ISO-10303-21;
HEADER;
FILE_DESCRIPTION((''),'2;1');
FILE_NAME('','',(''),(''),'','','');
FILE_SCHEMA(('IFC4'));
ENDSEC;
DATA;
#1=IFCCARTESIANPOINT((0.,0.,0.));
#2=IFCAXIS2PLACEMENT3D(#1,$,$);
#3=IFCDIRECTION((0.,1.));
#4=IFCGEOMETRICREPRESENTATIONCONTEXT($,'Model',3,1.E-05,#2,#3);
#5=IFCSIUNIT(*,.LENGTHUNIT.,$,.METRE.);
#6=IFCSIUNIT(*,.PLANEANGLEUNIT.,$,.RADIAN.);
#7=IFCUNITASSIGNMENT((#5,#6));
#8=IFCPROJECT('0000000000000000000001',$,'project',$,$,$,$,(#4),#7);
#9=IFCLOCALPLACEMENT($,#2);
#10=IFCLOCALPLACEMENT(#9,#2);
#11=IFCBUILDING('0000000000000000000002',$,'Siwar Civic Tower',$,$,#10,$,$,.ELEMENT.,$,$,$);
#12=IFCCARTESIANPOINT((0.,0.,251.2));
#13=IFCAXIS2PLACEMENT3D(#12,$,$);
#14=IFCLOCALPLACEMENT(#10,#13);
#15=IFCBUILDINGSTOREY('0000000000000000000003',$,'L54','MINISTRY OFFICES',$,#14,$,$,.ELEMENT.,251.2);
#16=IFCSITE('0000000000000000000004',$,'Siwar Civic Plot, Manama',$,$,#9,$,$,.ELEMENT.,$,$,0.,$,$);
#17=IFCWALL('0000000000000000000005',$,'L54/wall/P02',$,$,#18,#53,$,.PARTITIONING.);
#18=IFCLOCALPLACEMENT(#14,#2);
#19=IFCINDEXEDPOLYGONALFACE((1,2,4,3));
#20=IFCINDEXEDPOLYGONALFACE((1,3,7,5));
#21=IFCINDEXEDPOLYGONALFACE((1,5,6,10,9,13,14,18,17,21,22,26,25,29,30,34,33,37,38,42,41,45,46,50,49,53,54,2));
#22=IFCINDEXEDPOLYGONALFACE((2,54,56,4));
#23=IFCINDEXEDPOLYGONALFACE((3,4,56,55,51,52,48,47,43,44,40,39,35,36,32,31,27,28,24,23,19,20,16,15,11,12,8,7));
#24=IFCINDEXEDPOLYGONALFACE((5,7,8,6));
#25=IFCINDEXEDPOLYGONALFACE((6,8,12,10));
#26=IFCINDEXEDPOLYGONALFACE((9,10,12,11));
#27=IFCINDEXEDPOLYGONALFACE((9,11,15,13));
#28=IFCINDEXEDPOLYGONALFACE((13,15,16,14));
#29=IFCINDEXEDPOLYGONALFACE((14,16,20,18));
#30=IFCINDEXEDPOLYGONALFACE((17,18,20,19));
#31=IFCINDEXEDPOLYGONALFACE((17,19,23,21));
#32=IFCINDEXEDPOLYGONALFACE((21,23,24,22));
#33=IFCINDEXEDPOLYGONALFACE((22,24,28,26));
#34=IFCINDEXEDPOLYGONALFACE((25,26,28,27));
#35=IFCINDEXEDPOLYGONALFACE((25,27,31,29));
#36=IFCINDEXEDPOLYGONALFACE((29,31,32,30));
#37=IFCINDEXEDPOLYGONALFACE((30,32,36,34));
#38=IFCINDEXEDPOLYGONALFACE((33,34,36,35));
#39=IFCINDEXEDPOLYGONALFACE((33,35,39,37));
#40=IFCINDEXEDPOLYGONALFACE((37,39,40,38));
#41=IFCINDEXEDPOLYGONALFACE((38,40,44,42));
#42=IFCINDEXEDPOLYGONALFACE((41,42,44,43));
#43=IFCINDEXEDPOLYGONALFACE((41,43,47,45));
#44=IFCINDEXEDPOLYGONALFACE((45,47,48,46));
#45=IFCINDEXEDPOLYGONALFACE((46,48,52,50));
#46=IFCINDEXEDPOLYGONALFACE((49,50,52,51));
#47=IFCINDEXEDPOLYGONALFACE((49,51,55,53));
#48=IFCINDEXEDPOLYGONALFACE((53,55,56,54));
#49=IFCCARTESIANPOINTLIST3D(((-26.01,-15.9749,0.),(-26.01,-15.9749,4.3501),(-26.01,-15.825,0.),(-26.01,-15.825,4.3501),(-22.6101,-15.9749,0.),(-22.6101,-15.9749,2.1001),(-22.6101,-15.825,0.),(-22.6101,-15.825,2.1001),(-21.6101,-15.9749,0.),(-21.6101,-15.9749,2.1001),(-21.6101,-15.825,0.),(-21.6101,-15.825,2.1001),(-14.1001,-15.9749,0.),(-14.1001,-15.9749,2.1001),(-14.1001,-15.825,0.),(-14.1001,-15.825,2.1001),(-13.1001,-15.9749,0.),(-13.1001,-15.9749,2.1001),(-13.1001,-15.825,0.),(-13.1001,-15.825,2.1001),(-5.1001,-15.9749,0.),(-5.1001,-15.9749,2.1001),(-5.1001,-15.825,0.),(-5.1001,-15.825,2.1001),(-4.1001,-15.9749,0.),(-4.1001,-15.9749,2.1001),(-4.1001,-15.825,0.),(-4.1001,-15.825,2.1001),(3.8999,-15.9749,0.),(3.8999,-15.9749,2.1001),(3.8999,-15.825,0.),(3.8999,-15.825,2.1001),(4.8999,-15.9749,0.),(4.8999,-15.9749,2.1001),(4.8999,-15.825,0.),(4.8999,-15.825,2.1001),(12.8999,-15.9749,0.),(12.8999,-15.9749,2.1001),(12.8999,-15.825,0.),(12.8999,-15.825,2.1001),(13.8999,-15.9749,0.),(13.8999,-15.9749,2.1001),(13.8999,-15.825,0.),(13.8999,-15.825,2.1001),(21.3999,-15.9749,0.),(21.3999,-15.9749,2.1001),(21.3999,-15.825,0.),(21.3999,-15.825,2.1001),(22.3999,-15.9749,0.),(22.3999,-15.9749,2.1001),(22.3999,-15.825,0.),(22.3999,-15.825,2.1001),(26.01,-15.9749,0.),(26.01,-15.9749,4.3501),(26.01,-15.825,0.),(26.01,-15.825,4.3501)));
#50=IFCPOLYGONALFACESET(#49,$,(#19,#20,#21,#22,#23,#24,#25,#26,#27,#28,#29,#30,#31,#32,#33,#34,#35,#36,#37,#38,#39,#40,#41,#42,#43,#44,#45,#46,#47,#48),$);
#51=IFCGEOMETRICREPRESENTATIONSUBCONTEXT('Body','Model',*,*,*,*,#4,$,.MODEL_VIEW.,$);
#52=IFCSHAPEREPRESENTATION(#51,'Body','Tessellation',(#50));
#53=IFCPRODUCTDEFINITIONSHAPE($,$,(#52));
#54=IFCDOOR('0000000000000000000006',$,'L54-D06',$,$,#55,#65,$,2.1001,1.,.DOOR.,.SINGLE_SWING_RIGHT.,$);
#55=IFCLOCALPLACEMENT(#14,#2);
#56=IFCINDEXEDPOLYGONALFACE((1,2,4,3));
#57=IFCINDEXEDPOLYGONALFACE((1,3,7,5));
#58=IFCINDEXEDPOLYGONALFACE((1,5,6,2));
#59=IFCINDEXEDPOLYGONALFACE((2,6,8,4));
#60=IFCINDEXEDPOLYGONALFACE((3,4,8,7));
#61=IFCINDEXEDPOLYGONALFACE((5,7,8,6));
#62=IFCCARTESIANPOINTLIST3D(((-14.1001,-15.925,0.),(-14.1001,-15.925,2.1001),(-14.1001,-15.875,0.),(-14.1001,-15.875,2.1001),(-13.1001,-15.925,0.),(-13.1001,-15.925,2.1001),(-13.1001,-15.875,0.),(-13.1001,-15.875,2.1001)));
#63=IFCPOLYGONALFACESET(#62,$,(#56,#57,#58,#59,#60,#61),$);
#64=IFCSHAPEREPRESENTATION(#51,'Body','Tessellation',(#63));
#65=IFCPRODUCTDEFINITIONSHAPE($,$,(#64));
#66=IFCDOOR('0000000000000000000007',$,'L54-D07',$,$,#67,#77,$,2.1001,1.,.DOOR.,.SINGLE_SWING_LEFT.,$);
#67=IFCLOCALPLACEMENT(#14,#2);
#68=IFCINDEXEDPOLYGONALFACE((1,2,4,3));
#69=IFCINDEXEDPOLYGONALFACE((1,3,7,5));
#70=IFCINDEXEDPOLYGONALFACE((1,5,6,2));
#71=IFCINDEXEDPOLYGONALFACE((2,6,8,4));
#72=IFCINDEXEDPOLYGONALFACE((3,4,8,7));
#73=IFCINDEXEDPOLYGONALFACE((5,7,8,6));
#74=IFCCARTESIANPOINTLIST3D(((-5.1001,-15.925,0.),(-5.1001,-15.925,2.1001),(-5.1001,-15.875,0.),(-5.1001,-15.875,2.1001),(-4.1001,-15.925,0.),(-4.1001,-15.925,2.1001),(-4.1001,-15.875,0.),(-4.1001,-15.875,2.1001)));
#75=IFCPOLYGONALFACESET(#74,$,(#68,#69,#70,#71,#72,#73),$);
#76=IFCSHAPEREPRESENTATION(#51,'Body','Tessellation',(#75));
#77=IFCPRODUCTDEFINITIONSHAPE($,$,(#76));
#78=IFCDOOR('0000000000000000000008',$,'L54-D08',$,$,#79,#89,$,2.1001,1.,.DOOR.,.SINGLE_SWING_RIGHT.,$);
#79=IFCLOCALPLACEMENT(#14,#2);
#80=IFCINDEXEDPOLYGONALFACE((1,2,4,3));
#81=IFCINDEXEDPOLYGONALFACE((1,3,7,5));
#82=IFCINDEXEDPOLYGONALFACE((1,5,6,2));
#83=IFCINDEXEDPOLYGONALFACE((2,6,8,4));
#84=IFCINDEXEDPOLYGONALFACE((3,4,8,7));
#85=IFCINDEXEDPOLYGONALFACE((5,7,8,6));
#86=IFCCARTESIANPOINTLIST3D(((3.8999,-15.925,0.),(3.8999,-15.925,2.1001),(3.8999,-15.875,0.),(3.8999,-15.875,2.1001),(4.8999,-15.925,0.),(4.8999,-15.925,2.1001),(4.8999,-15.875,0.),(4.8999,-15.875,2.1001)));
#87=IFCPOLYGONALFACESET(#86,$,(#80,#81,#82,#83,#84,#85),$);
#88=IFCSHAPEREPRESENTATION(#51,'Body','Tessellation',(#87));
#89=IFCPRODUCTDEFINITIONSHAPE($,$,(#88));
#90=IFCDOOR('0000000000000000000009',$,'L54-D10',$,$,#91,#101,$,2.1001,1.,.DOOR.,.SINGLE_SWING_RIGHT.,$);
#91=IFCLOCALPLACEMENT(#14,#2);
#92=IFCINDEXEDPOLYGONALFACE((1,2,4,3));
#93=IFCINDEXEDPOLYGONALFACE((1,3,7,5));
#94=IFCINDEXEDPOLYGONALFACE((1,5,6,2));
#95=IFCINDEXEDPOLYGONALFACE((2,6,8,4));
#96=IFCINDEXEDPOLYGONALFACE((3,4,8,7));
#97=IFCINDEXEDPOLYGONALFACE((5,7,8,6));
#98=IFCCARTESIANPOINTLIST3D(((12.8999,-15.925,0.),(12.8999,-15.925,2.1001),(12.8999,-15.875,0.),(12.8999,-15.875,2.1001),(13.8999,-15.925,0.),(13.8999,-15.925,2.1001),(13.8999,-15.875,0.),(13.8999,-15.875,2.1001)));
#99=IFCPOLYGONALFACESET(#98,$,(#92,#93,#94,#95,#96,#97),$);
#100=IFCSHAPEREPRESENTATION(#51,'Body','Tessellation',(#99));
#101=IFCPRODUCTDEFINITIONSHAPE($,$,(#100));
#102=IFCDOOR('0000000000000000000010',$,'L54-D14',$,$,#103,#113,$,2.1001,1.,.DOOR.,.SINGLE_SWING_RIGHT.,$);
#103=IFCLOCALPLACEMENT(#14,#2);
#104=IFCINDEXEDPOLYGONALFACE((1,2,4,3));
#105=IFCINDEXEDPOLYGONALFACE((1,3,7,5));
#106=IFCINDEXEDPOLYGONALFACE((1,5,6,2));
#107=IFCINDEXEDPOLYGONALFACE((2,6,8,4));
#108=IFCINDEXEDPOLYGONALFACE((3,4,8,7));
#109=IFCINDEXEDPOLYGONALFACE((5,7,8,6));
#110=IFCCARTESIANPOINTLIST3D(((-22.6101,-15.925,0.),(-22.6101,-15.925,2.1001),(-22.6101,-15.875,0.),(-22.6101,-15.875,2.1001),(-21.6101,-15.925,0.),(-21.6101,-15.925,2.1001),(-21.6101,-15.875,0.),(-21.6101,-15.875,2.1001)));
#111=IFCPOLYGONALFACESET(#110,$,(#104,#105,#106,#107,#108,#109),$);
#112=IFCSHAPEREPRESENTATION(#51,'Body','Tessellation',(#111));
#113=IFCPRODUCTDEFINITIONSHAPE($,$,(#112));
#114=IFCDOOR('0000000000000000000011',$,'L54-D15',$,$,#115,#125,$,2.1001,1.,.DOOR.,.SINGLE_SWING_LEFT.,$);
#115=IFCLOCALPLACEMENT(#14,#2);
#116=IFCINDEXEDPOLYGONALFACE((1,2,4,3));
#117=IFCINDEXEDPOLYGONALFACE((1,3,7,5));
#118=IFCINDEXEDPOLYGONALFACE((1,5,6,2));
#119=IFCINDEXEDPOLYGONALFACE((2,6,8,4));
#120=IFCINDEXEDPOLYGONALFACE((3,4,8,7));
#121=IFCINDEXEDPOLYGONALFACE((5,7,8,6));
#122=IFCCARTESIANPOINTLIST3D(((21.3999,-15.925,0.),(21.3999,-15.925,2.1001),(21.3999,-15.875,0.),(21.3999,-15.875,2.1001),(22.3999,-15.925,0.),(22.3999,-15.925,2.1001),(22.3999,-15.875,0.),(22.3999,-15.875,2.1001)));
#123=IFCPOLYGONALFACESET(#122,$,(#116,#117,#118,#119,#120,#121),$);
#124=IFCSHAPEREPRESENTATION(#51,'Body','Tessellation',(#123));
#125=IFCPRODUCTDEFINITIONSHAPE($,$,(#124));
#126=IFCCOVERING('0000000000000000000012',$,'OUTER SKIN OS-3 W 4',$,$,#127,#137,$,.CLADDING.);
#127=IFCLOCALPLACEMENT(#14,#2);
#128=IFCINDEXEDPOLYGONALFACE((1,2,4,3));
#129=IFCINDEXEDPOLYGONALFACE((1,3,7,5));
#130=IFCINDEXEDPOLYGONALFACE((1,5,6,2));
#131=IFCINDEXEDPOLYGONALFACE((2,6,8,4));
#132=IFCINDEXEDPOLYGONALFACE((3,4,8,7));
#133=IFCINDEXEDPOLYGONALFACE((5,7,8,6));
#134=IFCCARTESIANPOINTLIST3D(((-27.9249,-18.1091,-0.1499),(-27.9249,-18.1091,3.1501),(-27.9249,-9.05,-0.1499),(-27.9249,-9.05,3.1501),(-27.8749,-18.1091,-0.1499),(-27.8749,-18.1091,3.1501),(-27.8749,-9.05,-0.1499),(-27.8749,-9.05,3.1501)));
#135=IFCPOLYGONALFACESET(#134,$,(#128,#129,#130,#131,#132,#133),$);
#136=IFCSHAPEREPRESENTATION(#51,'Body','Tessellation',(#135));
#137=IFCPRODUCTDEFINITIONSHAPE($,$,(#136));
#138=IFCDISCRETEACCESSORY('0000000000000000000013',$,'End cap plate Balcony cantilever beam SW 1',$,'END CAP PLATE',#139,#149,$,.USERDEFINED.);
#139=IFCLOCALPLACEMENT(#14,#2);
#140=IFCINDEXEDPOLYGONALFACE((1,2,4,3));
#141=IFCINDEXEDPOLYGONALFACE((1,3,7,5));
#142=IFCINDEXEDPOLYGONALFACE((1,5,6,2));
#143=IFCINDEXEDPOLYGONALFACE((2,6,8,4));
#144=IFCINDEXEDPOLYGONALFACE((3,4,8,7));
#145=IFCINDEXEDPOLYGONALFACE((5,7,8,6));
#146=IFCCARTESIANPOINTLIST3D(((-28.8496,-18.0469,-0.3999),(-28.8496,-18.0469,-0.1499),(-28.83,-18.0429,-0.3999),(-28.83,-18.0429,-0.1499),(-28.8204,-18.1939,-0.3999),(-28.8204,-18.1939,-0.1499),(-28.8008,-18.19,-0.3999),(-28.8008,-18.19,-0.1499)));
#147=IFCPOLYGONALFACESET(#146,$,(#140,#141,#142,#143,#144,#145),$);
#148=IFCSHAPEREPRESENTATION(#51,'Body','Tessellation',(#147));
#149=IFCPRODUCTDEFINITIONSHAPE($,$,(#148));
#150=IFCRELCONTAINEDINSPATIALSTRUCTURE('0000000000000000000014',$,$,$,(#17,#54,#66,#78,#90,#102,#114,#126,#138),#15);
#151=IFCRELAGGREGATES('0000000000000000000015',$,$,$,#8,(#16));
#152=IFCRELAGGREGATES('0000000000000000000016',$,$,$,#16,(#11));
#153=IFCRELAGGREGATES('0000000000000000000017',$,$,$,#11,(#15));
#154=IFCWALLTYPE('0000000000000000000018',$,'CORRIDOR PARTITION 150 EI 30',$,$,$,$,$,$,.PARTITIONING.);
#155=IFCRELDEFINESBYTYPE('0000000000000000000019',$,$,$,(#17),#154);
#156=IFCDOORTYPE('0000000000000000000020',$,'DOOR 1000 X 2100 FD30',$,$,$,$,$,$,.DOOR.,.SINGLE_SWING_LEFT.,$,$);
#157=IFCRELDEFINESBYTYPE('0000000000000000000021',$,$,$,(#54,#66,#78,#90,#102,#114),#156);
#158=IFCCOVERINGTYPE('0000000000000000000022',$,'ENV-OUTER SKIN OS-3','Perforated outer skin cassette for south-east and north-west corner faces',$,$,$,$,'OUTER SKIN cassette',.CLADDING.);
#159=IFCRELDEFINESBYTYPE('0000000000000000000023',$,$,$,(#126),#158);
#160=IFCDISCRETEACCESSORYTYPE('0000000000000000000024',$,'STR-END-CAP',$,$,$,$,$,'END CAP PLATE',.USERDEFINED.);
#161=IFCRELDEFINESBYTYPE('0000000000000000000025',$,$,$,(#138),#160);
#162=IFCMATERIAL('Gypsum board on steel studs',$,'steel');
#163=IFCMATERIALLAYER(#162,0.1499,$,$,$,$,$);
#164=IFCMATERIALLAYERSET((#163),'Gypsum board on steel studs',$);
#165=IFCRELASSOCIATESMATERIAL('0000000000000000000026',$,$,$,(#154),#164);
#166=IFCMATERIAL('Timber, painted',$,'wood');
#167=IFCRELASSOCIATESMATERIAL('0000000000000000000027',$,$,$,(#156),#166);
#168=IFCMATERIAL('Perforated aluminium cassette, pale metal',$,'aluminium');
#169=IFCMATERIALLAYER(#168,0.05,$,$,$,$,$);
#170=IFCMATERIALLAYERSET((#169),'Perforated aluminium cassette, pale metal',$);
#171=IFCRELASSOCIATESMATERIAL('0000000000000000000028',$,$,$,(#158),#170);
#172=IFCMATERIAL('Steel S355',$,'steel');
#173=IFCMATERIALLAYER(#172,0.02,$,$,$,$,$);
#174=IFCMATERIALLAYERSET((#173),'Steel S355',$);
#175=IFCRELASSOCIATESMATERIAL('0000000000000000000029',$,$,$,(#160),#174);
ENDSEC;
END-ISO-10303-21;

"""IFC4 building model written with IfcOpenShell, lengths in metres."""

from ifc_helpers import new_model, si_unit, direction, frame, frame_2d, origin, origin_2d, place, context, subcontext, project, spatial, rectangle, extrude, material, layer, layer_set, type_object, element, fill, save


model = new_model("IFC4")

# Units and contexts
model_context = context("Model", 3, precision=1e-05, world=origin(), true_north=direction((0.0, 1.0)))
body_context = subcontext(model_context, "Body", "Model", "MODEL_VIEW")
ifc_project = project(units=[si_unit("LENGTHUNIT", "METRE"), si_unit("PLANEANGLEUNIT", "RADIAN")], contexts=[model_context])

# Site, building, storey
site_placement = place(None, origin())
site = spatial("IfcSite", under=ifc_project, at=site_placement, Name="Siwar Civic Plot, Manama", CompositionType="ELEMENT", RefElevation=0.0)
building_placement = place(site_placement, origin())
building = spatial("IfcBuilding", under=site, at=building_placement, Name="Siwar Civic Tower", CompositionType="ELEMENT")
storey_placement = place(building_placement, frame((0.0, 0.0, 251.2)))
storey = spatial("IfcBuildingStorey", under=building, at=storey_placement, Name="L54", Description="MINISTRY OFFICES", CompositionType="ELEMENT", Elevation=251.2)

# Wall, openings, doors
ifc_material_1 = material(Name="Gypsum board on steel studs", Category="steel")
ifc_layer_1 = layer(ifc_material_1, 0.1499)
ifc_layer_set_1 = layer_set([ifc_layer_1], Name="Gypsum board on steel studs")
wall_type = type_object("IfcWallType", Name="CORRIDOR PARTITION 150 EI 30", PredefinedType="PARTITIONING", material=ifc_layer_set_1)
wall_placement = place(storey_placement, frame((-26.01, -15.8999, 0.0), z_axis=(0.0, 0.0, 1.0), x_axis=(1.0, 0.0, 0.0)))
wall = element("IfcWall", 1, at=wall_placement, inside=storey, type_object=wall_type, Name="L54/wall/P02", PredefinedType="PARTITIONING", context=body_context, shape_type="SweptSolid", body=[
    extrude(rectangle(XDim=52.02, YDim=0.1499, at=frame_2d((26.01, 0.0))), origin(), (0.0, 0.0, 1.0), 4.3501),
])
opening_1_placement = place(wall_placement, frame((11.9099, 0.0, 0.0)))
opening_1 = element("IfcOpeningElement", 2, at=opening_1_placement, cuts=wall, PredefinedType="OPENING", context=body_context, shape_type="SweptSolid", body=[
    extrude(rectangle(XDim=1.0, YDim=2.1001, at=frame_2d((0.5, 1.05))), frame((0.0, 0.085, 0.0), z_axis=(0.0, -1.0, 0.0), x_axis=(1.0, 0.0, 0.0)), (0.0, 0.0, 1.0), 0.1699),
])
opening_2_placement = place(wall_placement, frame((20.9099, 0.0, 0.0)))
opening_2 = element("IfcOpeningElement", 3, at=opening_2_placement, cuts=wall, PredefinedType="OPENING", context=body_context, shape_type="SweptSolid", body=[
    extrude(rectangle(XDim=1.0, YDim=2.1001, at=frame_2d((0.5, 1.05))), frame((0.0, 0.085, 0.0), z_axis=(0.0, -1.0, 0.0), x_axis=(1.0, 0.0, 0.0)), (0.0, 0.0, 1.0), 0.1699),
])
opening_3_placement = place(wall_placement, frame((29.9099, 0.0, 0.0)))
opening_3 = element("IfcOpeningElement", 4, at=opening_3_placement, cuts=wall, PredefinedType="OPENING", context=body_context, shape_type="SweptSolid", body=[
    extrude(rectangle(XDim=1.0, YDim=2.1001, at=frame_2d((0.5, 1.05))), frame((0.0, 0.085, 0.0), z_axis=(0.0, -1.0, 0.0), x_axis=(1.0, 0.0, 0.0)), (0.0, 0.0, 1.0), 0.1699),
])
opening_4_placement = place(wall_placement, frame((38.9099, 0.0, 0.0)))
opening_4 = element("IfcOpeningElement", 5, at=opening_4_placement, cuts=wall, PredefinedType="OPENING", context=body_context, shape_type="SweptSolid", body=[
    extrude(rectangle(XDim=1.0, YDim=2.1001, at=frame_2d((0.5, 1.05))), frame((0.0, 0.085, 0.0), z_axis=(0.0, -1.0, 0.0), x_axis=(1.0, 0.0, 0.0)), (0.0, 0.0, 1.0), 0.1699),
])
opening_5_placement = place(wall_placement, frame((3.3999, 0.0, 0.0)))
opening_5 = element("IfcOpeningElement", 6, at=opening_5_placement, cuts=wall, PredefinedType="OPENING", context=body_context, shape_type="SweptSolid", body=[
    extrude(rectangle(XDim=1.0, YDim=2.1001, at=frame_2d((0.5, 1.05))), frame((0.0, 0.085, 0.0), z_axis=(0.0, -1.0, 0.0), x_axis=(1.0, 0.0, 0.0)), (0.0, 0.0, 1.0), 0.1699),
])
opening_6_placement = place(wall_placement, frame((47.4099, 0.0, 0.0)))
opening_6 = element("IfcOpeningElement", 7, at=opening_6_placement, cuts=wall, PredefinedType="OPENING", context=body_context, shape_type="SweptSolid", body=[
    extrude(rectangle(XDim=1.0, YDim=2.1001, at=frame_2d((0.5, 1.05))), frame((0.0, 0.085, 0.0), z_axis=(0.0, -1.0, 0.0), x_axis=(1.0, 0.0, 0.0)), (0.0, 0.0, 1.0), 0.1699),
])
ifc_material_2 = material(Name="Timber, painted", Category="wood")
door_type = type_object("IfcDoorType", Name="DOOR 1000 X 2100 FD30", OperationType="SINGLE_SWING_LEFT", PredefinedType="DOOR", material=ifc_material_2)
door_1_placement = place(opening_1_placement, origin())
door_1 = element("IfcDoor", 8, at=door_1_placement, inside=storey, type_object=door_type, Name="L54-D06", OperationType="SINGLE_SWING_RIGHT", OverallHeight=2.1001, OverallWidth=1.0, PredefinedType="DOOR", context=body_context, shape_type="SweptSolid", body=[
    extrude(rectangle(XDim=1.0, YDim=2.1001, at=frame_2d((0.5, 1.05))), frame((0.0, 0.0249, 0.0), z_axis=(0.0, -1.0, 0.0), x_axis=(1.0, 0.0, 0.0)), (0.0, 0.0, 1.0), 0.05),
])
fill(opening_1, door_1)
door_2_placement = place(opening_2_placement, origin())
door_2 = element("IfcDoor", 9, at=door_2_placement, inside=storey, type_object=door_type, Name="L54-D07", OperationType="SINGLE_SWING_LEFT", OverallHeight=2.1001, OverallWidth=1.0, PredefinedType="DOOR", context=body_context, shape_type="SweptSolid", body=[
    extrude(rectangle(XDim=1.0, YDim=2.1001, at=frame_2d((0.5, 1.05))), frame((0.0, 0.0249, 0.0), z_axis=(0.0, -1.0, 0.0), x_axis=(1.0, 0.0, 0.0)), (0.0, 0.0, 1.0), 0.05),
])
fill(opening_2, door_2)
door_3_placement = place(opening_3_placement, origin())
door_3 = element("IfcDoor", 10, at=door_3_placement, inside=storey, type_object=door_type, Name="L54-D08", OperationType="SINGLE_SWING_RIGHT", OverallHeight=2.1001, OverallWidth=1.0, PredefinedType="DOOR", context=body_context, shape_type="SweptSolid", body=[
    extrude(rectangle(XDim=1.0, YDim=2.1001, at=frame_2d((0.5, 1.05))), frame((0.0, 0.0249, 0.0), z_axis=(0.0, -1.0, 0.0), x_axis=(1.0, 0.0, 0.0)), (0.0, 0.0, 1.0), 0.05),
])
fill(opening_3, door_3)
door_4_placement = place(opening_4_placement, origin())
door_4 = element("IfcDoor", 11, at=door_4_placement, inside=storey, type_object=door_type, Name="L54-D10", OperationType="SINGLE_SWING_RIGHT", OverallHeight=2.1001, OverallWidth=1.0, PredefinedType="DOOR", context=body_context, shape_type="SweptSolid", body=[
    extrude(rectangle(XDim=1.0, YDim=2.1001, at=frame_2d((0.5, 1.05))), frame((0.0, 0.0249, 0.0), z_axis=(0.0, -1.0, 0.0), x_axis=(1.0, 0.0, 0.0)), (0.0, 0.0, 1.0), 0.05),
])
fill(opening_4, door_4)
door_5_placement = place(opening_5_placement, origin())
door_5 = element("IfcDoor", 12, at=door_5_placement, inside=storey, type_object=door_type, Name="L54-D14", OperationType="SINGLE_SWING_RIGHT", OverallHeight=2.1001, OverallWidth=1.0, PredefinedType="DOOR", context=body_context, shape_type="SweptSolid", body=[
    extrude(rectangle(XDim=1.0, YDim=2.1001, at=frame_2d((0.5, 1.05))), frame((0.0, 0.0249, 0.0), z_axis=(0.0, -1.0, 0.0), x_axis=(1.0, 0.0, 0.0)), (0.0, 0.0, 1.0), 0.05),
])
fill(opening_5, door_5)
door_6_placement = place(opening_6_placement, origin())
door_6 = element("IfcDoor", 13, at=door_6_placement, inside=storey, type_object=door_type, Name="L54-D15", OperationType="SINGLE_SWING_LEFT", OverallHeight=2.1001, OverallWidth=1.0, PredefinedType="DOOR", context=body_context, shape_type="SweptSolid", body=[
    extrude(rectangle(XDim=1.0, YDim=2.1001, at=frame_2d((0.5, 1.05))), frame((0.0, 0.0249, 0.0), z_axis=(0.0, -1.0, 0.0), x_axis=(1.0, 0.0, 0.0)), (0.0, 0.0, 1.0), 0.05),
])
fill(opening_6, door_6)

# Covering
ifc_material_3 = material(Name="Perforated aluminium cassette, pale metal", Category="aluminium")
ifc_layer_2 = layer(ifc_material_3, 0.05)
ifc_layer_set_2 = layer_set([ifc_layer_2], Name="Perforated aluminium cassette, pale metal")
covering_type = type_object("IfcCoveringType", Name="ENV-OUTER SKIN OS-3", Description="Perforated outer skin cassette for south-east and north-west corner faces", ElementType="OUTER SKIN cassette", PredefinedType="CLADDING", material=ifc_layer_set_2)
covering_placement = place(storey_placement, frame((-27.8999, -13.5796, -0.1499), z_axis=(0.0, 0.0, 1.0), x_axis=(0.0, -1.0, 0.0)))
element("IfcCovering", 14, at=covering_placement, inside=storey, type_object=covering_type, Name="OUTER SKIN OS-3 W 4", PredefinedType="CLADDING", context=body_context, shape_type="SweptSolid", body=[
    extrude(rectangle(XDim=9.0591, YDim=0.05, at=origin_2d()), origin(), (0.0, 0.0, 1.0), 3.3),
])

# Discrete accessory
ifc_material_4 = material(Name="Steel S355", Category="steel")
ifc_layer_3 = layer(ifc_material_4, 0.02)
ifc_layer_set_3 = layer_set([ifc_layer_3], Name="Steel S355")
discrete_accessory_type = type_object("IfcDiscreteAccessoryType", Name="STR-END-CAP", ElementType="END CAP PLATE", PredefinedType="USERDEFINED", material=ifc_layer_set_3)
discrete_accessory_placement = place(storey_placement, frame((-28.8252, -18.1184, -0.3999), z_axis=(0.0, 0.0, 1.0), x_axis=(-0.980785, -0.19509, 0.0)))
element("IfcDiscreteAccessory", 15, at=discrete_accessory_placement, inside=storey, type_object=discrete_accessory_type, Name="End cap plate Balcony cantilever beam SW 1", ObjectType="END CAP PLATE", PredefinedType="USERDEFINED", context=body_context, shape_type="SweptSolid", body=[
    extrude(rectangle(XDim=0.02, YDim=0.1499, at=origin_2d()), origin(), (0.0, 0.0, 1.0), 0.25),
])

save(model, "model.ifc")
